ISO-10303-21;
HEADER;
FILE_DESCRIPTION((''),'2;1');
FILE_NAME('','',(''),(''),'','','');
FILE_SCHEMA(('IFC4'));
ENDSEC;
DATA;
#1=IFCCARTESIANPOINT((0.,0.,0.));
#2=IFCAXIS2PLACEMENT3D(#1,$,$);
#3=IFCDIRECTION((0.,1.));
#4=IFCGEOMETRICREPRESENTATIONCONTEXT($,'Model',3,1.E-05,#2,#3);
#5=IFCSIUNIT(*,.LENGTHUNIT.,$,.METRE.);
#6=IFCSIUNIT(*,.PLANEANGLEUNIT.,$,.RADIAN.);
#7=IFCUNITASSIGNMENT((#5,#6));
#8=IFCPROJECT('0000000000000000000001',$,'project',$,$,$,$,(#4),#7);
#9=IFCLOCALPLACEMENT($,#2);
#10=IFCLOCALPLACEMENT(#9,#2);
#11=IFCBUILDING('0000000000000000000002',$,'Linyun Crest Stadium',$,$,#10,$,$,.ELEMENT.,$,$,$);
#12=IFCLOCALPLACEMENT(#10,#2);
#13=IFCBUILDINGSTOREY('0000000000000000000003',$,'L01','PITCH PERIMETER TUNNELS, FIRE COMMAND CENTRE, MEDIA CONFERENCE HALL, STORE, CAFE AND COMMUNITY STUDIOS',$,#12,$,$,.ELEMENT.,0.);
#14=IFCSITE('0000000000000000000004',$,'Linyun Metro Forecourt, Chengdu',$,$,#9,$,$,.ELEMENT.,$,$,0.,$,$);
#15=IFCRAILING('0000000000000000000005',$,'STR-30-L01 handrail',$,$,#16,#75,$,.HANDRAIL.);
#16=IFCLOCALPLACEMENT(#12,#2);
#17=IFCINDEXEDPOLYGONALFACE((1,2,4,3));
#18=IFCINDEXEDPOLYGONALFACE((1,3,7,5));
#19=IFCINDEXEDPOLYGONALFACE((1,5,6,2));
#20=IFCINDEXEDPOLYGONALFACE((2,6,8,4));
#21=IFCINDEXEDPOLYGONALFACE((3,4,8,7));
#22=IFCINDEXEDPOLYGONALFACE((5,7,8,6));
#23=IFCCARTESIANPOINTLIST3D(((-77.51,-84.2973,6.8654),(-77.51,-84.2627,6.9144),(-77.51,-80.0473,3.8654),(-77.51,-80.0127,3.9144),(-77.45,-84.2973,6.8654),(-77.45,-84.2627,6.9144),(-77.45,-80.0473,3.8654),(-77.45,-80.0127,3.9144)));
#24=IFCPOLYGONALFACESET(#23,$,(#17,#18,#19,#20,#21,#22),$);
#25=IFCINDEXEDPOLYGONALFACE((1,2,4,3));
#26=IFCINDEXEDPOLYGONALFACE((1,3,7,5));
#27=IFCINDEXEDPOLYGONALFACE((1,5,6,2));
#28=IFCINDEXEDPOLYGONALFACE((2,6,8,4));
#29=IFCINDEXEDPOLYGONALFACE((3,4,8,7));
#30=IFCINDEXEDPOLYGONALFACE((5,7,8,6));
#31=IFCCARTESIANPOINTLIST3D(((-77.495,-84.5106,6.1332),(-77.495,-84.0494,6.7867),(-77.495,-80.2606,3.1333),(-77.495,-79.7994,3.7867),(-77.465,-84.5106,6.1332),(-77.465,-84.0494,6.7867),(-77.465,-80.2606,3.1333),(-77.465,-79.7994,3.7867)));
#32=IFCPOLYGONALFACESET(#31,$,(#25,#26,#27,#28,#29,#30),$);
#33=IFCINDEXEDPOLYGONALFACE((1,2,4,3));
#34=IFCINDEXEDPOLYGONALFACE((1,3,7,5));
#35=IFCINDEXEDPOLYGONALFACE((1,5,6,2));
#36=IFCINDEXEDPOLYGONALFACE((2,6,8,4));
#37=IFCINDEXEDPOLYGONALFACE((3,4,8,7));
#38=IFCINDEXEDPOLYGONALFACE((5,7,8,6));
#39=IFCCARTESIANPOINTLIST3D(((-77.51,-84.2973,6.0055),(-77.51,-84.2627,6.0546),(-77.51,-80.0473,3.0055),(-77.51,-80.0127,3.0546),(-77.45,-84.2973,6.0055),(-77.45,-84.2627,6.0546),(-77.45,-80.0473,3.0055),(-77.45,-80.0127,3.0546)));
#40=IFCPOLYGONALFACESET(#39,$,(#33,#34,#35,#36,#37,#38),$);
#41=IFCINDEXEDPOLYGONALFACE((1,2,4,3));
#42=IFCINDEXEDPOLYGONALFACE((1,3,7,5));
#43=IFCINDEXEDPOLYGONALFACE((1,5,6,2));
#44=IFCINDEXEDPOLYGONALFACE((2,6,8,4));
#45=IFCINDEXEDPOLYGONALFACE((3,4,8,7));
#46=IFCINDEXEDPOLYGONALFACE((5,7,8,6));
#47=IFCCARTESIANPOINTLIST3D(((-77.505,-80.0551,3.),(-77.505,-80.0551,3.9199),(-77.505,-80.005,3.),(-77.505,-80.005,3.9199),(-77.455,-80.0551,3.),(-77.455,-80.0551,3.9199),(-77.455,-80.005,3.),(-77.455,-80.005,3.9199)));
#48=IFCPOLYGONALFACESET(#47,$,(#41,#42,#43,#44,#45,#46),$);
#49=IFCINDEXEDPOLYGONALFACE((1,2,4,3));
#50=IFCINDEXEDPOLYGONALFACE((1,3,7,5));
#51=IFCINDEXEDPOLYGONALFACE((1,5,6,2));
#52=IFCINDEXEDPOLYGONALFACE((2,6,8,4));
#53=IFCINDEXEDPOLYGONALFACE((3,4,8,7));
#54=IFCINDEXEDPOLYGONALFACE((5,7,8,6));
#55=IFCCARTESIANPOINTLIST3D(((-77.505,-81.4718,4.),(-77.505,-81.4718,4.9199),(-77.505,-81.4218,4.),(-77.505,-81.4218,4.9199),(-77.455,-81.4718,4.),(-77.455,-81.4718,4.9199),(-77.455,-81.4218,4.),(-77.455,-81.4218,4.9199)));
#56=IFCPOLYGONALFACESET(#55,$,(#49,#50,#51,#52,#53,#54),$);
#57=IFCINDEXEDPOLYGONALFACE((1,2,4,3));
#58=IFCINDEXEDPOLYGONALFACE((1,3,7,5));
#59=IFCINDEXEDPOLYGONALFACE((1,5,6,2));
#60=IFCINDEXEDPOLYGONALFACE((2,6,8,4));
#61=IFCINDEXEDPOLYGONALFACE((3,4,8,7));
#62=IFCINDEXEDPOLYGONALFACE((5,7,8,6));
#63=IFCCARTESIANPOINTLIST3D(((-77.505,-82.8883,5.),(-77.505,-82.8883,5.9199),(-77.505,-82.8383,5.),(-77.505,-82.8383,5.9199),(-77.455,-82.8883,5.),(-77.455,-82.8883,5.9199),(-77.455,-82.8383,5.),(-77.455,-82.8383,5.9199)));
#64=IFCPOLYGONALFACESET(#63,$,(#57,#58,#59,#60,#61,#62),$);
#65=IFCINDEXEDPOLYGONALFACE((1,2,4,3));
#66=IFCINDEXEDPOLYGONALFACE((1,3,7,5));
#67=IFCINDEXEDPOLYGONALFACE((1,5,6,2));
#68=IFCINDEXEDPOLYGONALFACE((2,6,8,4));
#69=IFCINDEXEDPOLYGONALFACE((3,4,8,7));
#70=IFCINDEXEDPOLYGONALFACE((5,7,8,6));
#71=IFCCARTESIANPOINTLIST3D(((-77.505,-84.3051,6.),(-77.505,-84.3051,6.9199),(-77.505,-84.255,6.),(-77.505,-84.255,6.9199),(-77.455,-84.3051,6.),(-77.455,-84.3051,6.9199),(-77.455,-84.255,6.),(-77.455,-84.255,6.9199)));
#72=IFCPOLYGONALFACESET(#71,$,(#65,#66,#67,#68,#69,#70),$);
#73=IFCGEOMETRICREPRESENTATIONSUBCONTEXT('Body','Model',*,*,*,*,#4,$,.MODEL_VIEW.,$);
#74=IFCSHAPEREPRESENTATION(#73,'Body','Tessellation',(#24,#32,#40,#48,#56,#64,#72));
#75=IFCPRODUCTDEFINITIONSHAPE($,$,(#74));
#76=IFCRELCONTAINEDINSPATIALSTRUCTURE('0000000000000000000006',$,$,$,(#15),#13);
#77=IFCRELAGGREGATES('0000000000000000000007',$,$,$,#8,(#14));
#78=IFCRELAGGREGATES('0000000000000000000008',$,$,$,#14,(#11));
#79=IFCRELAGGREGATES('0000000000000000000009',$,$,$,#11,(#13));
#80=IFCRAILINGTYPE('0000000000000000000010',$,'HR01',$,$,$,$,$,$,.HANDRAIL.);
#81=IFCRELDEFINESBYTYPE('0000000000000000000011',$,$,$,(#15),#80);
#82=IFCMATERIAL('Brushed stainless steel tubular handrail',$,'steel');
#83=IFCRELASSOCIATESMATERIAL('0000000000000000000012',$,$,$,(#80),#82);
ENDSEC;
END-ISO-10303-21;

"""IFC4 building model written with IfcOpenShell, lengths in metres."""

from ifc_helpers import new_model, si_unit, direction, frame, origin, origin_2d, place, context, subcontext, project, spatial, rectangle, extrude, material, type_object, element, save


model = new_model("IFC4")

# Units and contexts
model_context = context("Model", 3, precision=1e-05, world=origin(), true_north=direction((0.0, 1.0)))
body_context = subcontext(model_context, "Body", "Model", "MODEL_VIEW")
ifc_project = project(units=[si_unit("LENGTHUNIT", "METRE"), si_unit("PLANEANGLEUNIT", "RADIAN")], contexts=[model_context])

# Site, building, storey
site_placement = place(None, origin())
site = spatial("IfcSite", under=ifc_project, at=site_placement, Name="Linyun Metro Forecourt, Chengdu", CompositionType="ELEMENT", RefElevation=0.0)
building_placement = place(site_placement, origin())
building = spatial("IfcBuilding", under=site, at=building_placement, Name="Linyun Crest Stadium", CompositionType="ELEMENT")
storey_placement = place(building_placement, origin())
storey = spatial("IfcBuildingStorey", under=building, at=storey_placement, Name="L01", Description="PITCH PERIMETER TUNNELS, FIRE COMMAND CENTRE, MEDIA CONFERENCE HALL, STORE, CAFE AND COMMUNITY STUDIOS", CompositionType="ELEMENT", Elevation=0.0)

# Railing
ifc_material_1 = material(Name="Brushed stainless steel tubular handrail", Category="steel")
railing_type_1 = type_object("IfcRailingType", Name="HR01", PredefinedType="HANDRAIL", material=ifc_material_1)
railing_1_placement = place(storey_placement, frame((-77.48, -80.03, 3.0)))
element("IfcRailing", 1, at=railing_1_placement, inside=storey, type_object=railing_type_1, Name="STR-30-L01 handrail", PredefinedType="HANDRAIL", context=body_context, shape_type="SweptSolid", body=[
    extrude(rectangle(XDim=0.0601, YDim=0.0601, at=origin_2d()), frame((0.0, 0.0, 0.8899), z_axis=(0.0, -0.816968, 0.576683), x_axis=(1.0, 0.0, 0.0)), (0.0, 0.0, 1.0), 5.2021),
    extrude(rectangle(XDim=0.03, YDim=0.7998, at=origin_2d()), frame((0.0, 0.0, 0.46), z_axis=(0.0, -0.816968, 0.576683), x_axis=(1.0, 0.0, 0.0)), (0.0, 0.0, 1.0), 5.2021),
    extrude(rectangle(XDim=0.0601, YDim=0.0601, at=origin_2d()), frame((0.0, 0.0, 0.03), z_axis=(0.0, -0.816968, 0.576683), x_axis=(1.0, 0.0, 0.0)), (0.0, 0.0, 1.0), 5.2021),
    extrude(rectangle(XDim=0.05, YDim=0.05, at=origin_2d()), origin(), (0.0, 0.0, 1.0), 0.9199),
    extrude(rectangle(XDim=0.05, YDim=0.05, at=origin_2d()), frame((0.0, -1.4167, 1.0)), (0.0, 0.0, 1.0), 0.9199),
    extrude(rectangle(XDim=0.05, YDim=0.05, at=origin_2d()), frame((0.0, -2.8333, 2.0)), (0.0, 0.0, 1.0), 0.9199),
    extrude(rectangle(XDim=0.05, YDim=0.05, at=origin_2d()), frame((0.0, -4.25, 3.0)), (0.0, 0.0, 1.0), 0.9199),
])

save(model, "model.ifc")
